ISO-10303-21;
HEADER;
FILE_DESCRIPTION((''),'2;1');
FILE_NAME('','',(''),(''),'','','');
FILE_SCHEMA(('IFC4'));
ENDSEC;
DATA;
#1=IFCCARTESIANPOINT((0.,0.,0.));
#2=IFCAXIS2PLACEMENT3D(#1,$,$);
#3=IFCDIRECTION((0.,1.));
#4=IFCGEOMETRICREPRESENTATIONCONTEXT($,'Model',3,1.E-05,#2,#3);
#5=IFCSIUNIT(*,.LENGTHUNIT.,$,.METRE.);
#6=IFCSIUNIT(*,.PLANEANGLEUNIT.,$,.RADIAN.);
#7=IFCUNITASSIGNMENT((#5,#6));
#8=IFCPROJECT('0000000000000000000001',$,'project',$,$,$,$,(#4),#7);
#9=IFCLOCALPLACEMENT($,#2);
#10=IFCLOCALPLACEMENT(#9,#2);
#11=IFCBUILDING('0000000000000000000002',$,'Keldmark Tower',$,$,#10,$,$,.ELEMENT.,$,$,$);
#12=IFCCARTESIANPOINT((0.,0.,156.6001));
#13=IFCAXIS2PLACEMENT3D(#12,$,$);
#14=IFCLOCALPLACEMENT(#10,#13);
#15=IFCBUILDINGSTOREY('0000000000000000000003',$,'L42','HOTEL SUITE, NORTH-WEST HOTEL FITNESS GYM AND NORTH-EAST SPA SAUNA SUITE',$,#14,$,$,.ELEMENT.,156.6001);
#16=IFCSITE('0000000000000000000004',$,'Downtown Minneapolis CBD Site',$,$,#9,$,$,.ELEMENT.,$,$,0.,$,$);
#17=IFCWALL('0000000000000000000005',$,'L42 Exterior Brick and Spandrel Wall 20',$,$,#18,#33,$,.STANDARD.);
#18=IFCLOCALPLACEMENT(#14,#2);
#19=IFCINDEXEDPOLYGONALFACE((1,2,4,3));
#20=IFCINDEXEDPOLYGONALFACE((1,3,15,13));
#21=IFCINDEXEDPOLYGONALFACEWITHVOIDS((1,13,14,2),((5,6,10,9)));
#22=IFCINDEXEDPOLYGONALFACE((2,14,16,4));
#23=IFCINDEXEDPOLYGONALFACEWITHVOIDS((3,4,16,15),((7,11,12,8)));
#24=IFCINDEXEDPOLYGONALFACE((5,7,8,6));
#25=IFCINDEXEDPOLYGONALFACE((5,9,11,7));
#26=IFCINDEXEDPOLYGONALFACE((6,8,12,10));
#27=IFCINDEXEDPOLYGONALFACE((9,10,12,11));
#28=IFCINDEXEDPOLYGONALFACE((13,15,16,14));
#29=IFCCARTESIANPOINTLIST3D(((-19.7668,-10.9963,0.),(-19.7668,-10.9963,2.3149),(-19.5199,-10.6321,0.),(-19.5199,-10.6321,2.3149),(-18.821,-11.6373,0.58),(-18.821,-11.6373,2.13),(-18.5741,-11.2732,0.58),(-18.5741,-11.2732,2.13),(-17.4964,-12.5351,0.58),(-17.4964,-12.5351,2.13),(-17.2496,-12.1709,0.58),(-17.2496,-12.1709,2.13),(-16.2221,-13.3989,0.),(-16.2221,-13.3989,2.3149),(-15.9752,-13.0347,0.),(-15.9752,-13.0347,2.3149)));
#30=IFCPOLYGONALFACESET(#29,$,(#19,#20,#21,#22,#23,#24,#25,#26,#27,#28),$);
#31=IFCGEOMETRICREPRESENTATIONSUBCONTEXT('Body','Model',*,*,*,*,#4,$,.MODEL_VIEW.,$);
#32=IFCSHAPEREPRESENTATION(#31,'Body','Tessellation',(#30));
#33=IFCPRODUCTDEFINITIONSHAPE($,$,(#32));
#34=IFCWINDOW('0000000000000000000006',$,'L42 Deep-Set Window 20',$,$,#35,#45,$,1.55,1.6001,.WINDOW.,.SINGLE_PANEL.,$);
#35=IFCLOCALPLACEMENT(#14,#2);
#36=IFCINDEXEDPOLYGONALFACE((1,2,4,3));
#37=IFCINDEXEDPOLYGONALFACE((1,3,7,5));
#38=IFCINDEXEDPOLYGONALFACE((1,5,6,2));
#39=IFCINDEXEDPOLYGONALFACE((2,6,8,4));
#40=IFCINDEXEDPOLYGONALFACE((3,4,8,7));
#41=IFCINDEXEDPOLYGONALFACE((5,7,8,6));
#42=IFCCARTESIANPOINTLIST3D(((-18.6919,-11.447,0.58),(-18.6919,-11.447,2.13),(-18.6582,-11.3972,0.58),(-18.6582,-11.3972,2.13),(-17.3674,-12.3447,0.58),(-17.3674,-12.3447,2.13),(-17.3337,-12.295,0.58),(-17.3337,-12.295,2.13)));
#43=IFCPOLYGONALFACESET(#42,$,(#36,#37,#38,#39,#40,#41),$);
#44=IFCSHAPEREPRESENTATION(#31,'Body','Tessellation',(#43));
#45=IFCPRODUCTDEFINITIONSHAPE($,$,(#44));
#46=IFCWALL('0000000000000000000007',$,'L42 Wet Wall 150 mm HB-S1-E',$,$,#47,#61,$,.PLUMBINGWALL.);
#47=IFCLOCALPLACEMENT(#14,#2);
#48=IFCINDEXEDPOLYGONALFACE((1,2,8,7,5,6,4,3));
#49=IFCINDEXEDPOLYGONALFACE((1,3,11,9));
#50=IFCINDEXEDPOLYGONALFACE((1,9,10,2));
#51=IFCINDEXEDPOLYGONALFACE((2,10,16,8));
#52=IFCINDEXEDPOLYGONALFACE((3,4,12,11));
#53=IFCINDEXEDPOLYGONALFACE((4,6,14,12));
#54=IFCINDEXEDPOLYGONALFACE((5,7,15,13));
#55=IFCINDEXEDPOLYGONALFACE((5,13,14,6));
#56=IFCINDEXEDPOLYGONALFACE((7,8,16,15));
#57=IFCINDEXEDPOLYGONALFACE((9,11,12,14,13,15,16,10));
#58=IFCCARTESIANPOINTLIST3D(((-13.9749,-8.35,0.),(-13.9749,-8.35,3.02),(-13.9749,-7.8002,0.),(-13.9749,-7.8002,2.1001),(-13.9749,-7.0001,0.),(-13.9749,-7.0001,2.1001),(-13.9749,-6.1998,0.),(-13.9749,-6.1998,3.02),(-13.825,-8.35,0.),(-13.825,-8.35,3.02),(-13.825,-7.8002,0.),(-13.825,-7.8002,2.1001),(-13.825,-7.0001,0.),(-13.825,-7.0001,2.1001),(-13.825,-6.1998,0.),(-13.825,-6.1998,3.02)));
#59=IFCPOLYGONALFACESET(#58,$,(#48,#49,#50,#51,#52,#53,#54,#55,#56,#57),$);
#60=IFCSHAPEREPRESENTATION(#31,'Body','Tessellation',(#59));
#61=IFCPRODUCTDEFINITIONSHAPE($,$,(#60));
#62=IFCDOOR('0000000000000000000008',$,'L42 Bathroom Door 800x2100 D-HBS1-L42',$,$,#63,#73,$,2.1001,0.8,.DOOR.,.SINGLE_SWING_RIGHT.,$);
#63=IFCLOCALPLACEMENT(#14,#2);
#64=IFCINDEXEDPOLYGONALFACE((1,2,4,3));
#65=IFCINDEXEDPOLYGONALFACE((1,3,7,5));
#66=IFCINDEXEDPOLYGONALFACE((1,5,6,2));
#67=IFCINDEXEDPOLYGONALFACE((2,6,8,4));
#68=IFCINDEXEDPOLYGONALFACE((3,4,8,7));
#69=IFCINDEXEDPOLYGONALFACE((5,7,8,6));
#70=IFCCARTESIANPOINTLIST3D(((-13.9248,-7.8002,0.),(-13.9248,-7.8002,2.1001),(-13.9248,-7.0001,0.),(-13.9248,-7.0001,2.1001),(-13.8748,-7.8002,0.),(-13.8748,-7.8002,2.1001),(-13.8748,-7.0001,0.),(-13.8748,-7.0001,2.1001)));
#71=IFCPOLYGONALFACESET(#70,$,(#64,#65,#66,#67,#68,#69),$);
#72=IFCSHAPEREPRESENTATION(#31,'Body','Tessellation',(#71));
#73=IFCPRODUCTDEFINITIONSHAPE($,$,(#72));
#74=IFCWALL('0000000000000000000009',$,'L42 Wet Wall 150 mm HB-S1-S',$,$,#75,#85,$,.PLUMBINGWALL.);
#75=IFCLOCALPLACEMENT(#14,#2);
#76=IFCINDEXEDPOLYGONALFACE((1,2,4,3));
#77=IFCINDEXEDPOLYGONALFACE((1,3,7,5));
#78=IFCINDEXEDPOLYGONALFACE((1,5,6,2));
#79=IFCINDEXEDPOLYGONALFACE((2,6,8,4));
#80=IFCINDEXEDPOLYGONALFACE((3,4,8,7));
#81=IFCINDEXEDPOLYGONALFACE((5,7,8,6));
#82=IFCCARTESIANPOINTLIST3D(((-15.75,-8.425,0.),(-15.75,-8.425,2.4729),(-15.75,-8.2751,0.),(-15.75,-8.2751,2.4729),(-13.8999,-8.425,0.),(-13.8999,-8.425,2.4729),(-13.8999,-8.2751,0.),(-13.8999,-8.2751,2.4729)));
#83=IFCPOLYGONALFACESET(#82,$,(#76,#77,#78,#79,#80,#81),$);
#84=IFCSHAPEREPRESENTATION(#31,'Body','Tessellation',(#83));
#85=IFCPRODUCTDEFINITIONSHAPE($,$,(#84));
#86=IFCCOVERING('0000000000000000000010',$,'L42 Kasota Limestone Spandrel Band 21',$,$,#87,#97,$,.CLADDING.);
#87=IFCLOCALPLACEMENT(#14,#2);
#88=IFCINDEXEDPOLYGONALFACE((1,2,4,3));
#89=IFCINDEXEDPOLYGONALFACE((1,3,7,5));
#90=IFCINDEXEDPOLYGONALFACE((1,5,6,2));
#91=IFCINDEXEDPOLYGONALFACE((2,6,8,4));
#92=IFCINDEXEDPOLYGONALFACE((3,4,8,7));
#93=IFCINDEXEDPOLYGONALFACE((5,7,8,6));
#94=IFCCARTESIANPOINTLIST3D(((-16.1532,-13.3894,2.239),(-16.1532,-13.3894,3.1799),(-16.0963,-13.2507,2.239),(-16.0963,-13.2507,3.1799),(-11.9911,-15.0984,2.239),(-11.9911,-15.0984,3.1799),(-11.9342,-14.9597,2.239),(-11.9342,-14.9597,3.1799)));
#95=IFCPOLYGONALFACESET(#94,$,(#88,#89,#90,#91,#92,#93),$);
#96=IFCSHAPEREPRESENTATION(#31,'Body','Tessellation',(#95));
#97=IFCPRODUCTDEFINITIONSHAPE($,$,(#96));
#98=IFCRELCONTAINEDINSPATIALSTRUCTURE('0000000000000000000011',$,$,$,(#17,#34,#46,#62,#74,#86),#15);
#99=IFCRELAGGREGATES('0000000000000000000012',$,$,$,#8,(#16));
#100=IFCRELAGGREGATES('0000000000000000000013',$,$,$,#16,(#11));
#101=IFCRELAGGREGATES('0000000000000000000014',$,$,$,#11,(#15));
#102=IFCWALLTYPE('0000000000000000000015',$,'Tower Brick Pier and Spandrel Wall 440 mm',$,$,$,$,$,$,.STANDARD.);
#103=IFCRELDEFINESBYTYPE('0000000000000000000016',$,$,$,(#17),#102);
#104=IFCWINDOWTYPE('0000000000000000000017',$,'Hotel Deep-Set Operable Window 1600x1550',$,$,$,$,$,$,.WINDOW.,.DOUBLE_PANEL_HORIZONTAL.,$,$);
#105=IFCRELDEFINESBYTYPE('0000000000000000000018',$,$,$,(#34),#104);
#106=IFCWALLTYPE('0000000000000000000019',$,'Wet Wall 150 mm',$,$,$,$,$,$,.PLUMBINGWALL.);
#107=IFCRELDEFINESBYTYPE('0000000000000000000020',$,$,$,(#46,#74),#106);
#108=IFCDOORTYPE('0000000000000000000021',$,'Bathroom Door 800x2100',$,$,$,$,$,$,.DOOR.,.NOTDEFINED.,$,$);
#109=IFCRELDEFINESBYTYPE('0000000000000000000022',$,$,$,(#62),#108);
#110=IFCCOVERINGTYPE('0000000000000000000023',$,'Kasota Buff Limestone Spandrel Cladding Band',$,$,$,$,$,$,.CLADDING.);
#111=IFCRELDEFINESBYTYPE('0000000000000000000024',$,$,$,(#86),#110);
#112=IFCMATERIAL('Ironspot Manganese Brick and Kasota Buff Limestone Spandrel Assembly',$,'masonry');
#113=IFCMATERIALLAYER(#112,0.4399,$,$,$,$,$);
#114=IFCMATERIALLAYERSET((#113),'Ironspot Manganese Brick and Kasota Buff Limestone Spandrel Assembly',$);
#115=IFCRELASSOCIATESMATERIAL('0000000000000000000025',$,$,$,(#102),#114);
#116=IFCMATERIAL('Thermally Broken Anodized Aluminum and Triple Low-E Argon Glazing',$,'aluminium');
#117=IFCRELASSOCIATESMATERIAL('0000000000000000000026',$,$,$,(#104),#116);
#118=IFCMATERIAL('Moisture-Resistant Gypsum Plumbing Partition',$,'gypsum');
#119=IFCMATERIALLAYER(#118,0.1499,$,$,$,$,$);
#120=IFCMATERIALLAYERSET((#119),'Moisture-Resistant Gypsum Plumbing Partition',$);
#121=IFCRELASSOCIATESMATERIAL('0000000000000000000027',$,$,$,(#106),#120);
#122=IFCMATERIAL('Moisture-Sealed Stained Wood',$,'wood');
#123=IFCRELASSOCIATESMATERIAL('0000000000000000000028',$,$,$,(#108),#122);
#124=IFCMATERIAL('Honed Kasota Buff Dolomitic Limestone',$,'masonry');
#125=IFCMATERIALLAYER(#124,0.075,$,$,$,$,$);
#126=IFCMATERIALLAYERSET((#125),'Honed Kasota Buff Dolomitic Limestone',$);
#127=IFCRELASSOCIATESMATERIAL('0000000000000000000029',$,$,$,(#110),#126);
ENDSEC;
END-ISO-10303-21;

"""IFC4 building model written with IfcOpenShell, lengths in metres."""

from ifc_helpers import new_model, si_unit, direction, frame, frame_2d, origin, origin_2d, place, context, subcontext, project, spatial, rectangle, extrude, material, layer, layer_set, type_object, element, fill, save


model = new_model("IFC4")

# Units and contexts
model_context = context("Model", 3, precision=1e-05, world=origin(), true_north=direction((0.0, 1.0)))
body_context = subcontext(model_context, "Body", "Model", "MODEL_VIEW")
ifc_project = project(units=[si_unit("LENGTHUNIT", "METRE"), si_unit("PLANEANGLEUNIT", "RADIAN")], contexts=[model_context])

# Site, building, storey
site_placement = place(None, origin())
site = spatial("IfcSite", under=ifc_project, at=site_placement, Name="Downtown Minneapolis CBD Site", CompositionType="ELEMENT", RefElevation=0.0)
building_placement = place(site_placement, origin())
building = spatial("IfcBuilding", under=site, at=building_placement, Name="Keldmark Tower", CompositionType="ELEMENT")
storey_placement = place(building_placement, frame((0.0, 0.0, 156.6001)))
storey = spatial("IfcBuildingStorey", under=building, at=storey_placement, Name="L42", Description="HOTEL SUITE, NORTH-WEST HOTEL FITNESS GYM AND NORTH-EAST SPA SAUNA SUITE", CompositionType="ELEMENT", Elevation=156.6001)

# Wall, opening, window
ifc_material_1 = material(Name="Ironspot Manganese Brick and Kasota Buff Limestone Spandrel Assembly", Category="masonry")
ifc_layer_1 = layer(ifc_material_1, 0.4399)
ifc_layer_set_1 = layer_set([ifc_layer_1], Name="Ironspot Manganese Brick and Kasota Buff Limestone Spandrel Assembly")
wall_type_1 = type_object("IfcWallType", Name="Tower Brick Pier and Spandrel Wall 440 mm", PredefinedType="STANDARD", material=ifc_layer_set_1)
wall_1_placement = place(storey_placement, frame((-16.0986, -13.2168, 0.0), z_axis=(0.0, 0.0, 1.0), x_axis=(-0.827772, 0.561065, 0.0)))
wall_1 = element("IfcWall", 1, at=wall_1_placement, inside=storey, type_object=wall_type_1, Name="L42 Exterior Brick and Spandrel Wall 20", PredefinedType="STANDARD", context=body_context, shape_type="SweptSolid", body=[
    extrude(rectangle(XDim=4.2822, YDim=0.4399, at=frame_2d((2.1411, 0.0))), origin(), (0.0, 0.0, 1.0), 2.3149),
])
opening_1_placement = place(wall_1_placement, frame((1.5396, 0.0, 0.5801)))
opening_1 = element("IfcOpeningElement", 2, at=opening_1_placement, cuts=wall_1, PredefinedType="OPENING", context=body_context, shape_type="SweptSolid", body=[
    extrude(rectangle(XDim=1.6001, YDim=1.55, at=frame_2d((0.8, 0.7749))), frame((0.0, 0.23, 0.0), z_axis=(0.0, -1.0, 0.0), x_axis=(1.0, 0.0, 0.0)), (0.0, 0.0, 1.0), 0.46),
])
ifc_material_2 = material(Name="Thermally Broken Anodized Aluminum and Triple Low-E Argon Glazing", Category="aluminium")
window_type = type_object("IfcWindowType", Name="Hotel Deep-Set Operable Window 1600x1550", PartitioningType="DOUBLE_PANEL_HORIZONTAL", PredefinedType="WINDOW", material=ifc_material_2)
window_placement = place(opening_1_placement, origin())
window = element("IfcWindow", 3, at=window_placement, inside=storey, type_object=window_type, Name="L42 Deep-Set Window 20", OverallHeight=1.55, OverallWidth=1.6001, PartitioningType="SINGLE_PANEL", PredefinedType="WINDOW", context=body_context, shape_type="SweptSolid", body=[
    extrude(rectangle(XDim=1.6001, YDim=1.55, at=frame_2d((0.8, 0.7749))), frame((0.0, -0.01, 0.0), z_axis=(0.0, -1.0, 0.0), x_axis=(1.0, 0.0, 0.0)), (0.0, 0.0, 1.0), 0.0601),
])
fill(opening_1, window)

# Wall, opening, door
ifc_material_3 = material(Name="Moisture-Resistant Gypsum Plumbing Partition", Category="gypsum")
ifc_layer_2 = layer(ifc_material_3, 0.1499)
ifc_layer_set_2 = layer_set([ifc_layer_2], Name="Moisture-Resistant Gypsum Plumbing Partition")
wall_type_2 = type_object("IfcWallType", Name="Wet Wall 150 mm", PredefinedType="PLUMBINGWALL", material=ifc_layer_set_2)
wall_2_placement = place(storey_placement, frame((-13.8999, -8.3501, 0.0), z_axis=(0.0, 0.0, 1.0), x_axis=(0.0, 1.0, 0.0)))
wall_2 = element("IfcWall", 4, at=wall_2_placement, inside=storey, type_object=wall_type_2, Name="L42 Wet Wall 150 mm HB-S1-E", PredefinedType="PLUMBINGWALL", context=body_context, shape_type="SweptSolid", body=[
    extrude(rectangle(XDim=2.1501, YDim=0.1499, at=frame_2d((1.0752, 0.0))), origin(), (0.0, 0.0, 1.0), 3.02),
])
opening_2_placement = place(wall_2_placement, frame((0.55, 0.0, 0.0)))
opening_2 = element("IfcOpeningElement", 5, at=opening_2_placement, cuts=wall_2, PredefinedType="OPENING", context=body_context, shape_type="SweptSolid", body=[
    extrude(rectangle(XDim=0.8, YDim=2.1001, at=frame_2d((0.3999, 1.05))), frame((0.0, 0.085, 0.0), z_axis=(0.0, -1.0, 0.0), x_axis=(1.0, 0.0, 0.0)), (0.0, 0.0, 1.0), 0.1699),
])
ifc_material_4 = material(Name="Moisture-Sealed Stained Wood", Category="wood")
door_type_1 = type_object("IfcDoorType", Name="Bathroom Door 800x2100", OperationType="NOTDEFINED", PredefinedType="DOOR", material=ifc_material_4)
door_1_placement = place(opening_2_placement, origin())
door_1 = element("IfcDoor", 6, at=door_1_placement, inside=storey, type_object=door_type_1, Name="L42 Bathroom Door 800x2100 D-HBS1-L42", OperationType="SINGLE_SWING_RIGHT", OverallHeight=2.1001, OverallWidth=0.8, PredefinedType="DOOR", context=body_context, shape_type="SweptSolid", body=[
    extrude(rectangle(XDim=0.8, YDim=2.1001, at=frame_2d((0.3999, 1.05))), frame((0.0, 0.0249, 0.0), z_axis=(0.0, -1.0, 0.0), x_axis=(1.0, 0.0, 0.0)), (0.0, 0.0, 1.0), 0.05),
])
fill(opening_2, door_1)

# Wall
wall_3_placement = place(storey_placement, frame((-15.75, -8.3501, 0.0), z_axis=(0.0, 0.0, 1.0), x_axis=(1.0, 0.0, 0.0)))
element("IfcWall", 7, at=wall_3_placement, inside=storey, type_object=wall_type_2, Name="L42 Wet Wall 150 mm HB-S1-S", PredefinedType="PLUMBINGWALL", context=body_context, shape_type="SweptSolid", body=[
    extrude(rectangle(XDim=1.8501, YDim=0.1499, at=frame_2d((0.925, 0.0))), origin(), (0.0, 0.0, 1.0), 2.4729),
])

# Covering
ifc_material_5 = material(Name="Honed Kasota Buff Dolomitic Limestone", Category="masonry")
ifc_layer_3 = layer(ifc_material_5, 0.075)
ifc_layer_set_3 = layer_set([ifc_layer_3], Name="Honed Kasota Buff Dolomitic Limestone")
covering_type = type_object("IfcCoveringType", Name="Kasota Buff Limestone Spandrel Cladding Band", PredefinedType="CLADDING", material=ifc_layer_set_3)
covering_placement = place(storey_placement, frame((-14.0437, -14.1746, 2.239), z_axis=(0.0, 0.0, 1.0), x_axis=(0.925051, -0.379844, 0.0)))
element("IfcCovering", 8, at=covering_placement, inside=storey, type_object=covering_type, Name="L42 Kasota Limestone Spandrel Band 21", PredefinedType="CLADDING", context=body_context, shape_type="SweptSolid", body=[
    extrude(rectangle(XDim=4.4993, YDim=0.1499, at=origin_2d()), origin(), (0.0, 0.0, 1.0), 0.9409),
])

save(model, "model.ifc")
